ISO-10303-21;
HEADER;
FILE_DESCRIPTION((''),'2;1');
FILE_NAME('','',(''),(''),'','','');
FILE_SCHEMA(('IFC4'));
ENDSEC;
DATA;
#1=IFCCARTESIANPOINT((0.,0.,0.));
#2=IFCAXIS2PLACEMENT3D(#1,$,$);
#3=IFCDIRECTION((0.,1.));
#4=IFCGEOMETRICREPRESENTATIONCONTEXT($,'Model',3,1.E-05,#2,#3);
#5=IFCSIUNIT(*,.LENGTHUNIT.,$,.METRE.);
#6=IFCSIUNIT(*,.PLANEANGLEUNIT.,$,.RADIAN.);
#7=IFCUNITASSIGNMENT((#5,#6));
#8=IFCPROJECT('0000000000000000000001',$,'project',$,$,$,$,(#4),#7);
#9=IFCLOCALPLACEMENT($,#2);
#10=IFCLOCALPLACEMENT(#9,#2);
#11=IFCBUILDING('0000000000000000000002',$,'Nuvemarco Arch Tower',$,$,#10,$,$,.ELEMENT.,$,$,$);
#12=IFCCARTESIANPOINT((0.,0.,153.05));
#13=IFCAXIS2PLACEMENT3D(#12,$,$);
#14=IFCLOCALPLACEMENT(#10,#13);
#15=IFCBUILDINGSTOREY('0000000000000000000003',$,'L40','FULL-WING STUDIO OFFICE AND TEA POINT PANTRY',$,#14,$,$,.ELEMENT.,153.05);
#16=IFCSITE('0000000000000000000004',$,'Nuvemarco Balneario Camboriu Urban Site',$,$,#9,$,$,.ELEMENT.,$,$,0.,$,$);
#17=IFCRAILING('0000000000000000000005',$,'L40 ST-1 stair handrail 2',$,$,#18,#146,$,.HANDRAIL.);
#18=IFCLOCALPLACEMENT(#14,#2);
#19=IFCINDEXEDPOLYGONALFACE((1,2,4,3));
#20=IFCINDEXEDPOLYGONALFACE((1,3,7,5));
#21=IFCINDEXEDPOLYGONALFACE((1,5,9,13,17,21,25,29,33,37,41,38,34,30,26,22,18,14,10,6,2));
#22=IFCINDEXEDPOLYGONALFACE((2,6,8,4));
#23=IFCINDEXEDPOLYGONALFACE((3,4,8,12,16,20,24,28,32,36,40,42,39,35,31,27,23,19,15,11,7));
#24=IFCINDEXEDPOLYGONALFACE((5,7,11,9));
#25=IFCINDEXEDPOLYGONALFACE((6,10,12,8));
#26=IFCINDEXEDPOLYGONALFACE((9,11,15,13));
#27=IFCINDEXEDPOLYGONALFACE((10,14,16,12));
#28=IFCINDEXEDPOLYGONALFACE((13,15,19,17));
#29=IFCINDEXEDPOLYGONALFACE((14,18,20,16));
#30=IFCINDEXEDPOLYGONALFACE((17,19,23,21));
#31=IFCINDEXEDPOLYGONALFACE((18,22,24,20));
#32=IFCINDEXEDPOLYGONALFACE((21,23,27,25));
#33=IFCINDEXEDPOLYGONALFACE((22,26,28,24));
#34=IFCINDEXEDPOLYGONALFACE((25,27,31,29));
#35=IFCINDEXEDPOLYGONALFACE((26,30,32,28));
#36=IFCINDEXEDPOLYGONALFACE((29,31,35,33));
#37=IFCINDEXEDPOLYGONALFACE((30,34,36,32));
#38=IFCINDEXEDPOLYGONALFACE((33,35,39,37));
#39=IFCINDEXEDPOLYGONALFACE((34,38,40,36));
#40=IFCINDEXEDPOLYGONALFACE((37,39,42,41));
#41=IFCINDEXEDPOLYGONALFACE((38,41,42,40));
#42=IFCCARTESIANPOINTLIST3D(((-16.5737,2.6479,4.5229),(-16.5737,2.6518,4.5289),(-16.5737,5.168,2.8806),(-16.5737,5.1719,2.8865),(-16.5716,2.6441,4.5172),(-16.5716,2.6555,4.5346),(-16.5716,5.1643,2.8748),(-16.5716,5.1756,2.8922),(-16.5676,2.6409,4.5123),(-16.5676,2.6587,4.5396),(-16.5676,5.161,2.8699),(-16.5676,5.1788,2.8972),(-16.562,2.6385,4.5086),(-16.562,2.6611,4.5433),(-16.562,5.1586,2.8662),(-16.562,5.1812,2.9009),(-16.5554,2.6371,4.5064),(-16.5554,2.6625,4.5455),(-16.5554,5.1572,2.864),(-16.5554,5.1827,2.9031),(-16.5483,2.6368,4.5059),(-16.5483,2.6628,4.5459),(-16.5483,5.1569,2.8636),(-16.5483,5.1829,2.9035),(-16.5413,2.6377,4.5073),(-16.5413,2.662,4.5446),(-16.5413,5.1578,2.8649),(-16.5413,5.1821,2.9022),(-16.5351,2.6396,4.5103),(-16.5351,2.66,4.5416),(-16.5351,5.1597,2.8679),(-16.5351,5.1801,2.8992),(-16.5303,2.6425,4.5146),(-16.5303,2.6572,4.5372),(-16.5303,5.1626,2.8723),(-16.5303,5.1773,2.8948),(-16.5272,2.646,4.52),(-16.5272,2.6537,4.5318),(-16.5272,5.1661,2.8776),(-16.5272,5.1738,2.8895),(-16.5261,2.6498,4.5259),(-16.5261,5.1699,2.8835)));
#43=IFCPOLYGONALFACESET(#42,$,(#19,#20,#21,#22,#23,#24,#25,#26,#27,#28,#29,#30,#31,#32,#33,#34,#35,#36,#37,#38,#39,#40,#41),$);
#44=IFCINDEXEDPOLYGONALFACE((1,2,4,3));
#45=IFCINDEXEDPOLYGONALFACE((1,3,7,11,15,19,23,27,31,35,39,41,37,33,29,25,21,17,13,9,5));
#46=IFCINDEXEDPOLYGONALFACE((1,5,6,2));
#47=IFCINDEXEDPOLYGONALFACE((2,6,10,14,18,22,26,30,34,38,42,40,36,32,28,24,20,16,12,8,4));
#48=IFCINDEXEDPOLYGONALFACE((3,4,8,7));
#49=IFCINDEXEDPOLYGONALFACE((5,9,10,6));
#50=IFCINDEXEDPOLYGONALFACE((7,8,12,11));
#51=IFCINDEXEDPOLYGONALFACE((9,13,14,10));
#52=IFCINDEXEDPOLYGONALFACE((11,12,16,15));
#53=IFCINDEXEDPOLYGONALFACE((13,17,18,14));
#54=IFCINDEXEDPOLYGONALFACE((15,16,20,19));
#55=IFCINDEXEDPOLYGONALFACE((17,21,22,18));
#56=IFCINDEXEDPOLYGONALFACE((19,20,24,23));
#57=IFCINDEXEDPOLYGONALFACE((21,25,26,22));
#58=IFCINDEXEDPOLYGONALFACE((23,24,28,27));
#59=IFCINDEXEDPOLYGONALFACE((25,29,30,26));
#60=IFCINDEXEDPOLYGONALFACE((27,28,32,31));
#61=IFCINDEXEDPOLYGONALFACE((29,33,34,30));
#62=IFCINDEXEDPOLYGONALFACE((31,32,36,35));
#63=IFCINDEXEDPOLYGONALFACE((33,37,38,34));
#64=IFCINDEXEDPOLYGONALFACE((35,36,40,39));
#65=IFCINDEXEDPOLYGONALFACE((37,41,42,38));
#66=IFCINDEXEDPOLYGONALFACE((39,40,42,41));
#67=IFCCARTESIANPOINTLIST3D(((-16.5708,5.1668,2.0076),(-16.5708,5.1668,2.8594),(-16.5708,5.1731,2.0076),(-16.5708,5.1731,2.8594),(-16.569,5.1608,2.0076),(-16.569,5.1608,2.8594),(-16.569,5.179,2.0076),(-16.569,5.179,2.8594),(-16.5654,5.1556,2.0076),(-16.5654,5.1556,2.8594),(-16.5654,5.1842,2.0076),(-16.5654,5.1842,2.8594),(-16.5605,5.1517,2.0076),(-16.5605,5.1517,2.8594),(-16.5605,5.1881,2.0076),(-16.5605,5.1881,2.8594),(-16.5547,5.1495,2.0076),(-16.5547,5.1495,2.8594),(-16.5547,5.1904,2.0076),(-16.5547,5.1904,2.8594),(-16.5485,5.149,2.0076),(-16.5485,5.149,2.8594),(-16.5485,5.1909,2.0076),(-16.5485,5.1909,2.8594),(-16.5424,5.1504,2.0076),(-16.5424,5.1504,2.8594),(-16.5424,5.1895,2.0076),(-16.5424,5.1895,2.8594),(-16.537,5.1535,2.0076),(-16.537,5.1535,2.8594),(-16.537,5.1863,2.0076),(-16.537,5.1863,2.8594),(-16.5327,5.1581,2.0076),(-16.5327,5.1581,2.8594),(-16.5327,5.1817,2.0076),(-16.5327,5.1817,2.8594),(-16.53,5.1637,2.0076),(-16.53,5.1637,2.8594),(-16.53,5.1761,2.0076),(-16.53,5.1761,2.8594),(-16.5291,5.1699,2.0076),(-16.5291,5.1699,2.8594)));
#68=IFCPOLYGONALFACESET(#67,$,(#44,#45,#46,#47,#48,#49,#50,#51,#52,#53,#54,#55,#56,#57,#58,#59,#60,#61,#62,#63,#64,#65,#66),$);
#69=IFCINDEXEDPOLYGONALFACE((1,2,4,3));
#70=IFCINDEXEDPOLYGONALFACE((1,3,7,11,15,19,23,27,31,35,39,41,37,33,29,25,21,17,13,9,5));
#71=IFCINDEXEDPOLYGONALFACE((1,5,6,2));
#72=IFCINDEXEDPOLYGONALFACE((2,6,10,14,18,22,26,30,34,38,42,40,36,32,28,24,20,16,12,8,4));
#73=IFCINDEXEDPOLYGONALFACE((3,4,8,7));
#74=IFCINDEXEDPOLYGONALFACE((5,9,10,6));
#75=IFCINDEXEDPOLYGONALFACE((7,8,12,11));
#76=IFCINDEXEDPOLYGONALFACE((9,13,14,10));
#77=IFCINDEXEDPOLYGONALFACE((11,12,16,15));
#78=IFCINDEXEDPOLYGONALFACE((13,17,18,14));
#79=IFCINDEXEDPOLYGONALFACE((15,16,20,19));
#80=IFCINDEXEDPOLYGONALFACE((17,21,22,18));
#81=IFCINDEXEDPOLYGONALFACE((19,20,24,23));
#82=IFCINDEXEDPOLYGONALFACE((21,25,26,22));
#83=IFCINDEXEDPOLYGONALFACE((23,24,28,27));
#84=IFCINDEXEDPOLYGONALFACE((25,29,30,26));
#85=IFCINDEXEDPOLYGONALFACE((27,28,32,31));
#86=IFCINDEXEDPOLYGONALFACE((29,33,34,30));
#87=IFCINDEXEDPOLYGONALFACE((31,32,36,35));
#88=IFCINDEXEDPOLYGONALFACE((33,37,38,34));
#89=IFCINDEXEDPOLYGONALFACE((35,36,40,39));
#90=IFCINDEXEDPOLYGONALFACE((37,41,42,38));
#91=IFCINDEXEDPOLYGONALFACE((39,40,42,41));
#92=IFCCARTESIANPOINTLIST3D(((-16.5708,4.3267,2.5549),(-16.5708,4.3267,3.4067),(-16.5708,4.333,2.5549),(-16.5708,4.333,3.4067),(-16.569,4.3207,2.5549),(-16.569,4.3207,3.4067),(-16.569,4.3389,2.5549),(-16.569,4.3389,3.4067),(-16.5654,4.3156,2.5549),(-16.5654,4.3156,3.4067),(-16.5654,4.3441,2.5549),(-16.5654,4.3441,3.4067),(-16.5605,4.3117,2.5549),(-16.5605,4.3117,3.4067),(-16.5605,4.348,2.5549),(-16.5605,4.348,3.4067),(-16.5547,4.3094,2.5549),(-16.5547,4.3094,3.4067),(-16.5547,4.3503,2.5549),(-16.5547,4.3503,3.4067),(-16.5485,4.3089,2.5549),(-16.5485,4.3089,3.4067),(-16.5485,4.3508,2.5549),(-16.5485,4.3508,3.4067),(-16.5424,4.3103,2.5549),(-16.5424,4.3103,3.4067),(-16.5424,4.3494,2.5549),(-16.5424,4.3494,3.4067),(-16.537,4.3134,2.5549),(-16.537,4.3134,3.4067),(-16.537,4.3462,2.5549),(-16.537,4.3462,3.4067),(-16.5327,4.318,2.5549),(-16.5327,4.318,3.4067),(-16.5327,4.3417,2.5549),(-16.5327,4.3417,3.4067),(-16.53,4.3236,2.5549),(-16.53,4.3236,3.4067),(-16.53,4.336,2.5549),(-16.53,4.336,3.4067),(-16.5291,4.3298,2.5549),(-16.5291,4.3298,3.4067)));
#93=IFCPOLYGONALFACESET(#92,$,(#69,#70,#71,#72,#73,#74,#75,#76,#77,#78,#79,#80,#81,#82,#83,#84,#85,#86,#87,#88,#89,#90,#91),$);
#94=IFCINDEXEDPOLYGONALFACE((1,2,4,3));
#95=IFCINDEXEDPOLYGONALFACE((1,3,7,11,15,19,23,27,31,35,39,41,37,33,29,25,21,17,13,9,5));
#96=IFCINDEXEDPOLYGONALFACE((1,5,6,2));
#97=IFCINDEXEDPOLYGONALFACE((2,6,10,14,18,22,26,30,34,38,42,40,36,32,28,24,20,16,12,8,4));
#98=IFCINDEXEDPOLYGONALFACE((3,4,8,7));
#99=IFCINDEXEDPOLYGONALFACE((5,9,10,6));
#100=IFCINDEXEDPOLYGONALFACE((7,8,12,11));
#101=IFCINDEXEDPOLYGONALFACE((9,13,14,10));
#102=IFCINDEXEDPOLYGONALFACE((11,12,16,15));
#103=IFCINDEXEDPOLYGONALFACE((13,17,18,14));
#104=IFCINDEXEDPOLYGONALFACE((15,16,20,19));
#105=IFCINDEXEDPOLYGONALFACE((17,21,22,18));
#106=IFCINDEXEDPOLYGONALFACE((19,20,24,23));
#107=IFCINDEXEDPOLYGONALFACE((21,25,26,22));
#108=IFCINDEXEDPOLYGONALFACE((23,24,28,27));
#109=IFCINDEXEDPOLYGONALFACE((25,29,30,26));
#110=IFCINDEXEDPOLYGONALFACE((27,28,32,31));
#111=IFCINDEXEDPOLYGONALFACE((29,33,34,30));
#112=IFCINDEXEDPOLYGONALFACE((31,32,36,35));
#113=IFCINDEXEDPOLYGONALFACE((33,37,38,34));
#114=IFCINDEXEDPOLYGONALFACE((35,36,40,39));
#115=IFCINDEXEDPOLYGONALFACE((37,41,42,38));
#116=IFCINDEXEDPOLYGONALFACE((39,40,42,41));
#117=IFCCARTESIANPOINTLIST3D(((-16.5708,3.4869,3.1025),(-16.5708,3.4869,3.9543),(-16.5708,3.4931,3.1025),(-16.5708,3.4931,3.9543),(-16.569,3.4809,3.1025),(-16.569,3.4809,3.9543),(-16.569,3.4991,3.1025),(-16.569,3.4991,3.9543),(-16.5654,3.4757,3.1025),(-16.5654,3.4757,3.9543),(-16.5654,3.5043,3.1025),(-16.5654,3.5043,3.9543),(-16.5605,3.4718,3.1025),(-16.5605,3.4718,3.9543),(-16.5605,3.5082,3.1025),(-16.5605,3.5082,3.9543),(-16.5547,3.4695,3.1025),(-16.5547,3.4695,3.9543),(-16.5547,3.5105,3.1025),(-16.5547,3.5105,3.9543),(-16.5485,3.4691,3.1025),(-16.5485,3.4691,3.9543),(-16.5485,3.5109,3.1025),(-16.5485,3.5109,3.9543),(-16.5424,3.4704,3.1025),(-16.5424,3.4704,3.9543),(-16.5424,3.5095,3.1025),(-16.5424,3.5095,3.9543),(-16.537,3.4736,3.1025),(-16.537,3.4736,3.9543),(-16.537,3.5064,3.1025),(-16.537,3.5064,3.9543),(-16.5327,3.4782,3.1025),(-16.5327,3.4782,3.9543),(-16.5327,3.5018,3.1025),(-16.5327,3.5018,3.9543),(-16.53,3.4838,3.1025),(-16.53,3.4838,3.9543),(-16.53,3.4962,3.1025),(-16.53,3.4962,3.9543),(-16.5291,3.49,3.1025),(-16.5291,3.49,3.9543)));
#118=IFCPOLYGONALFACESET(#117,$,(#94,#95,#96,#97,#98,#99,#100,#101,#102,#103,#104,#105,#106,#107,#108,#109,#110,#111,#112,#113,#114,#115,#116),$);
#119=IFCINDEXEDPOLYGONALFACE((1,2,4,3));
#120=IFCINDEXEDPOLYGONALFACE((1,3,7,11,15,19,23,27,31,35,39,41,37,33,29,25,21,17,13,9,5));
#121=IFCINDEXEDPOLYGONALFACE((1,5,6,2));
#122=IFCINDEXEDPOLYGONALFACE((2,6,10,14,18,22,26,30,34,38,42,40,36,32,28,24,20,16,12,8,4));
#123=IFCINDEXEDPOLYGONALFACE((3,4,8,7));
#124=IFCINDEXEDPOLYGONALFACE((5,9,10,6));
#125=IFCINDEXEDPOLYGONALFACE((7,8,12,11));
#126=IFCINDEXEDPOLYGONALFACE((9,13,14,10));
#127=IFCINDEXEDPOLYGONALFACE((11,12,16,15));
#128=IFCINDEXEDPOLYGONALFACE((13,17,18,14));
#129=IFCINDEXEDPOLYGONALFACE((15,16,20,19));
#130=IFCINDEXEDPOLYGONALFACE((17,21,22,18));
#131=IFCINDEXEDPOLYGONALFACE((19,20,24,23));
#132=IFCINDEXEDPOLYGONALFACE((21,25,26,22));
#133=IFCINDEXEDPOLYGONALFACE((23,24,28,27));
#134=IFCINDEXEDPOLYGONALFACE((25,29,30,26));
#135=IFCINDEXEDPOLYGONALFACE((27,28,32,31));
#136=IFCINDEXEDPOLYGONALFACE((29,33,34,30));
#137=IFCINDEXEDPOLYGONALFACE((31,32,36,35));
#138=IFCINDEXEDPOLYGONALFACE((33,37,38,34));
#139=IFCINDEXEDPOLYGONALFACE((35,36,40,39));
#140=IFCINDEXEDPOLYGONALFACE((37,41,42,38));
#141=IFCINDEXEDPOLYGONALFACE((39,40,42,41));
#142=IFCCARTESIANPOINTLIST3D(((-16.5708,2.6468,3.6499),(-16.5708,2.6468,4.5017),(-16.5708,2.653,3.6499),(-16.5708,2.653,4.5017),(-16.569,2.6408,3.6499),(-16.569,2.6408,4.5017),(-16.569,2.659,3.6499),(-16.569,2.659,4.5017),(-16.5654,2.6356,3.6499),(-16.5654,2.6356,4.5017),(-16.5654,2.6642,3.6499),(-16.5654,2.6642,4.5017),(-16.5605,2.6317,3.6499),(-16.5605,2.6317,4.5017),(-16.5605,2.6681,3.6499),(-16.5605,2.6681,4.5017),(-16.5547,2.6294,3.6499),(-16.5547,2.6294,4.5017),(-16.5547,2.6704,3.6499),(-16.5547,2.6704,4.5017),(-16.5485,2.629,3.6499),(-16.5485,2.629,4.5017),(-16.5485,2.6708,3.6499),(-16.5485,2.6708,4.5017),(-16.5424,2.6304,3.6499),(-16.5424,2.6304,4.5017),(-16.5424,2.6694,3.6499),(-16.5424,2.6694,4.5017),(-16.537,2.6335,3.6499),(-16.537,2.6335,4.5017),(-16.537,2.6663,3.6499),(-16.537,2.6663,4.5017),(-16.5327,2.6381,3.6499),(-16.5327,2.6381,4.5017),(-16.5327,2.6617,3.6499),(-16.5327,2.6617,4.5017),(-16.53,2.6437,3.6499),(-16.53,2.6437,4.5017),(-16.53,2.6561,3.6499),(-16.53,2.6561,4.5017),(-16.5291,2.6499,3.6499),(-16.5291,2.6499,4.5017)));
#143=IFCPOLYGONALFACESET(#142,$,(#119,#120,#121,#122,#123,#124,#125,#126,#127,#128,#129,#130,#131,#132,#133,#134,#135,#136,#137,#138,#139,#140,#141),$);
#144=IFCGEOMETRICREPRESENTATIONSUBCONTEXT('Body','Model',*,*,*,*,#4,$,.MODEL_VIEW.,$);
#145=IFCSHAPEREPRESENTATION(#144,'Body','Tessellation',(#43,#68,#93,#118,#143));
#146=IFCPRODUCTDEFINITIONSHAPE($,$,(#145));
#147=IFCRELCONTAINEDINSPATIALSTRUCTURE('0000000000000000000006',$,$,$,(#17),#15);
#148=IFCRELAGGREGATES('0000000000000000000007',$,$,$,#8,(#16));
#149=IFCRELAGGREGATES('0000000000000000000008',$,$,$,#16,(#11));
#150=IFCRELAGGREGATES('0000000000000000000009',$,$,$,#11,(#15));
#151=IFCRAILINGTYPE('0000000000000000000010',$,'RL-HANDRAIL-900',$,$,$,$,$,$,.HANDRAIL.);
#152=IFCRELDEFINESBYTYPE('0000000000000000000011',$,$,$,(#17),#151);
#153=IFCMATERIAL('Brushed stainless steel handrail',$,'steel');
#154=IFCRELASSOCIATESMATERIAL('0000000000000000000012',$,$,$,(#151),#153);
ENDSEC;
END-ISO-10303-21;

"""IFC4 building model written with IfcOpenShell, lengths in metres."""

from ifc_helpers import new_model, si_unit, direction, frame, origin, origin_2d, place, context, subcontext, project, spatial, circle, extrude, material, type_object, element, save


model = new_model("IFC4")

# Units and contexts
model_context = context("Model", 3, precision=1e-05, world=origin(), true_north=direction((0.0, 1.0)))
body_context = subcontext(model_context, "Body", "Model", "MODEL_VIEW")
ifc_project = project(units=[si_unit("LENGTHUNIT", "METRE"), si_unit("PLANEANGLEUNIT", "RADIAN")], contexts=[model_context])

# Site, building, storey
site_placement = place(None, origin())
site = spatial("IfcSite", under=ifc_project, at=site_placement, Name="Nuvemarco Balneario Camboriu Urban Site", CompositionType="ELEMENT", RefElevation=0.0)
building_placement = place(site_placement, origin())
building = spatial("IfcBuilding", under=site, at=building_placement, Name="Nuvemarco Arch Tower", CompositionType="ELEMENT")
storey_placement = place(building_placement, frame((0.0, 0.0, 153.05)))
storey = spatial("IfcBuildingStorey", under=building, at=storey_placement, Name="L40", Description="FULL-WING STUDIO OFFICE AND TEA POINT PANTRY", CompositionType="ELEMENT", Elevation=153.05)

# Railing
ifc_material_1 = material(Name="Brushed stainless steel handrail", Category="steel")
railing_type_1 = type_object("IfcRailingType", Name="RL-HANDRAIL-900", PredefinedType="HANDRAIL", material=ifc_material_1)
railing_1_placement = place(storey_placement, frame((-16.55, 5.1699, 2.0076)))
element("IfcRailing", 1, at=railing_1_placement, inside=storey, type_object=railing_type_1, Name="L40 ST-1 stair handrail 2", PredefinedType="HANDRAIL", context=body_context, shape_type="SweptSolid", body=[
    extrude(circle(Radius=0.0239, at=origin_2d()), frame((0.0, 0.0, 0.876), z_axis=(0.0, -0.837787, 0.545998), x_axis=(1.0, 0.0, 0.0)), (0.0, 0.0, 1.0), 3.0081),
    extrude(circle(Radius=0.021, at=origin_2d()), origin(), (0.0, 0.0, 1.0), 0.8518),
    extrude(circle(Radius=0.021, at=origin_2d()), frame((0.0, -0.8401, 0.5474)), (0.0, 0.0, 1.0), 0.8518),
    extrude(circle(Radius=0.021, at=origin_2d()), frame((0.0, -1.6799, 1.095)), (0.0, 0.0, 1.0), 0.8518),
    extrude(circle(Radius=0.021, at=origin_2d()), frame((0.0, -2.52, 1.6423)), (0.0, 0.0, 1.0), 0.8518),
])

save(model, "model.ifc")
